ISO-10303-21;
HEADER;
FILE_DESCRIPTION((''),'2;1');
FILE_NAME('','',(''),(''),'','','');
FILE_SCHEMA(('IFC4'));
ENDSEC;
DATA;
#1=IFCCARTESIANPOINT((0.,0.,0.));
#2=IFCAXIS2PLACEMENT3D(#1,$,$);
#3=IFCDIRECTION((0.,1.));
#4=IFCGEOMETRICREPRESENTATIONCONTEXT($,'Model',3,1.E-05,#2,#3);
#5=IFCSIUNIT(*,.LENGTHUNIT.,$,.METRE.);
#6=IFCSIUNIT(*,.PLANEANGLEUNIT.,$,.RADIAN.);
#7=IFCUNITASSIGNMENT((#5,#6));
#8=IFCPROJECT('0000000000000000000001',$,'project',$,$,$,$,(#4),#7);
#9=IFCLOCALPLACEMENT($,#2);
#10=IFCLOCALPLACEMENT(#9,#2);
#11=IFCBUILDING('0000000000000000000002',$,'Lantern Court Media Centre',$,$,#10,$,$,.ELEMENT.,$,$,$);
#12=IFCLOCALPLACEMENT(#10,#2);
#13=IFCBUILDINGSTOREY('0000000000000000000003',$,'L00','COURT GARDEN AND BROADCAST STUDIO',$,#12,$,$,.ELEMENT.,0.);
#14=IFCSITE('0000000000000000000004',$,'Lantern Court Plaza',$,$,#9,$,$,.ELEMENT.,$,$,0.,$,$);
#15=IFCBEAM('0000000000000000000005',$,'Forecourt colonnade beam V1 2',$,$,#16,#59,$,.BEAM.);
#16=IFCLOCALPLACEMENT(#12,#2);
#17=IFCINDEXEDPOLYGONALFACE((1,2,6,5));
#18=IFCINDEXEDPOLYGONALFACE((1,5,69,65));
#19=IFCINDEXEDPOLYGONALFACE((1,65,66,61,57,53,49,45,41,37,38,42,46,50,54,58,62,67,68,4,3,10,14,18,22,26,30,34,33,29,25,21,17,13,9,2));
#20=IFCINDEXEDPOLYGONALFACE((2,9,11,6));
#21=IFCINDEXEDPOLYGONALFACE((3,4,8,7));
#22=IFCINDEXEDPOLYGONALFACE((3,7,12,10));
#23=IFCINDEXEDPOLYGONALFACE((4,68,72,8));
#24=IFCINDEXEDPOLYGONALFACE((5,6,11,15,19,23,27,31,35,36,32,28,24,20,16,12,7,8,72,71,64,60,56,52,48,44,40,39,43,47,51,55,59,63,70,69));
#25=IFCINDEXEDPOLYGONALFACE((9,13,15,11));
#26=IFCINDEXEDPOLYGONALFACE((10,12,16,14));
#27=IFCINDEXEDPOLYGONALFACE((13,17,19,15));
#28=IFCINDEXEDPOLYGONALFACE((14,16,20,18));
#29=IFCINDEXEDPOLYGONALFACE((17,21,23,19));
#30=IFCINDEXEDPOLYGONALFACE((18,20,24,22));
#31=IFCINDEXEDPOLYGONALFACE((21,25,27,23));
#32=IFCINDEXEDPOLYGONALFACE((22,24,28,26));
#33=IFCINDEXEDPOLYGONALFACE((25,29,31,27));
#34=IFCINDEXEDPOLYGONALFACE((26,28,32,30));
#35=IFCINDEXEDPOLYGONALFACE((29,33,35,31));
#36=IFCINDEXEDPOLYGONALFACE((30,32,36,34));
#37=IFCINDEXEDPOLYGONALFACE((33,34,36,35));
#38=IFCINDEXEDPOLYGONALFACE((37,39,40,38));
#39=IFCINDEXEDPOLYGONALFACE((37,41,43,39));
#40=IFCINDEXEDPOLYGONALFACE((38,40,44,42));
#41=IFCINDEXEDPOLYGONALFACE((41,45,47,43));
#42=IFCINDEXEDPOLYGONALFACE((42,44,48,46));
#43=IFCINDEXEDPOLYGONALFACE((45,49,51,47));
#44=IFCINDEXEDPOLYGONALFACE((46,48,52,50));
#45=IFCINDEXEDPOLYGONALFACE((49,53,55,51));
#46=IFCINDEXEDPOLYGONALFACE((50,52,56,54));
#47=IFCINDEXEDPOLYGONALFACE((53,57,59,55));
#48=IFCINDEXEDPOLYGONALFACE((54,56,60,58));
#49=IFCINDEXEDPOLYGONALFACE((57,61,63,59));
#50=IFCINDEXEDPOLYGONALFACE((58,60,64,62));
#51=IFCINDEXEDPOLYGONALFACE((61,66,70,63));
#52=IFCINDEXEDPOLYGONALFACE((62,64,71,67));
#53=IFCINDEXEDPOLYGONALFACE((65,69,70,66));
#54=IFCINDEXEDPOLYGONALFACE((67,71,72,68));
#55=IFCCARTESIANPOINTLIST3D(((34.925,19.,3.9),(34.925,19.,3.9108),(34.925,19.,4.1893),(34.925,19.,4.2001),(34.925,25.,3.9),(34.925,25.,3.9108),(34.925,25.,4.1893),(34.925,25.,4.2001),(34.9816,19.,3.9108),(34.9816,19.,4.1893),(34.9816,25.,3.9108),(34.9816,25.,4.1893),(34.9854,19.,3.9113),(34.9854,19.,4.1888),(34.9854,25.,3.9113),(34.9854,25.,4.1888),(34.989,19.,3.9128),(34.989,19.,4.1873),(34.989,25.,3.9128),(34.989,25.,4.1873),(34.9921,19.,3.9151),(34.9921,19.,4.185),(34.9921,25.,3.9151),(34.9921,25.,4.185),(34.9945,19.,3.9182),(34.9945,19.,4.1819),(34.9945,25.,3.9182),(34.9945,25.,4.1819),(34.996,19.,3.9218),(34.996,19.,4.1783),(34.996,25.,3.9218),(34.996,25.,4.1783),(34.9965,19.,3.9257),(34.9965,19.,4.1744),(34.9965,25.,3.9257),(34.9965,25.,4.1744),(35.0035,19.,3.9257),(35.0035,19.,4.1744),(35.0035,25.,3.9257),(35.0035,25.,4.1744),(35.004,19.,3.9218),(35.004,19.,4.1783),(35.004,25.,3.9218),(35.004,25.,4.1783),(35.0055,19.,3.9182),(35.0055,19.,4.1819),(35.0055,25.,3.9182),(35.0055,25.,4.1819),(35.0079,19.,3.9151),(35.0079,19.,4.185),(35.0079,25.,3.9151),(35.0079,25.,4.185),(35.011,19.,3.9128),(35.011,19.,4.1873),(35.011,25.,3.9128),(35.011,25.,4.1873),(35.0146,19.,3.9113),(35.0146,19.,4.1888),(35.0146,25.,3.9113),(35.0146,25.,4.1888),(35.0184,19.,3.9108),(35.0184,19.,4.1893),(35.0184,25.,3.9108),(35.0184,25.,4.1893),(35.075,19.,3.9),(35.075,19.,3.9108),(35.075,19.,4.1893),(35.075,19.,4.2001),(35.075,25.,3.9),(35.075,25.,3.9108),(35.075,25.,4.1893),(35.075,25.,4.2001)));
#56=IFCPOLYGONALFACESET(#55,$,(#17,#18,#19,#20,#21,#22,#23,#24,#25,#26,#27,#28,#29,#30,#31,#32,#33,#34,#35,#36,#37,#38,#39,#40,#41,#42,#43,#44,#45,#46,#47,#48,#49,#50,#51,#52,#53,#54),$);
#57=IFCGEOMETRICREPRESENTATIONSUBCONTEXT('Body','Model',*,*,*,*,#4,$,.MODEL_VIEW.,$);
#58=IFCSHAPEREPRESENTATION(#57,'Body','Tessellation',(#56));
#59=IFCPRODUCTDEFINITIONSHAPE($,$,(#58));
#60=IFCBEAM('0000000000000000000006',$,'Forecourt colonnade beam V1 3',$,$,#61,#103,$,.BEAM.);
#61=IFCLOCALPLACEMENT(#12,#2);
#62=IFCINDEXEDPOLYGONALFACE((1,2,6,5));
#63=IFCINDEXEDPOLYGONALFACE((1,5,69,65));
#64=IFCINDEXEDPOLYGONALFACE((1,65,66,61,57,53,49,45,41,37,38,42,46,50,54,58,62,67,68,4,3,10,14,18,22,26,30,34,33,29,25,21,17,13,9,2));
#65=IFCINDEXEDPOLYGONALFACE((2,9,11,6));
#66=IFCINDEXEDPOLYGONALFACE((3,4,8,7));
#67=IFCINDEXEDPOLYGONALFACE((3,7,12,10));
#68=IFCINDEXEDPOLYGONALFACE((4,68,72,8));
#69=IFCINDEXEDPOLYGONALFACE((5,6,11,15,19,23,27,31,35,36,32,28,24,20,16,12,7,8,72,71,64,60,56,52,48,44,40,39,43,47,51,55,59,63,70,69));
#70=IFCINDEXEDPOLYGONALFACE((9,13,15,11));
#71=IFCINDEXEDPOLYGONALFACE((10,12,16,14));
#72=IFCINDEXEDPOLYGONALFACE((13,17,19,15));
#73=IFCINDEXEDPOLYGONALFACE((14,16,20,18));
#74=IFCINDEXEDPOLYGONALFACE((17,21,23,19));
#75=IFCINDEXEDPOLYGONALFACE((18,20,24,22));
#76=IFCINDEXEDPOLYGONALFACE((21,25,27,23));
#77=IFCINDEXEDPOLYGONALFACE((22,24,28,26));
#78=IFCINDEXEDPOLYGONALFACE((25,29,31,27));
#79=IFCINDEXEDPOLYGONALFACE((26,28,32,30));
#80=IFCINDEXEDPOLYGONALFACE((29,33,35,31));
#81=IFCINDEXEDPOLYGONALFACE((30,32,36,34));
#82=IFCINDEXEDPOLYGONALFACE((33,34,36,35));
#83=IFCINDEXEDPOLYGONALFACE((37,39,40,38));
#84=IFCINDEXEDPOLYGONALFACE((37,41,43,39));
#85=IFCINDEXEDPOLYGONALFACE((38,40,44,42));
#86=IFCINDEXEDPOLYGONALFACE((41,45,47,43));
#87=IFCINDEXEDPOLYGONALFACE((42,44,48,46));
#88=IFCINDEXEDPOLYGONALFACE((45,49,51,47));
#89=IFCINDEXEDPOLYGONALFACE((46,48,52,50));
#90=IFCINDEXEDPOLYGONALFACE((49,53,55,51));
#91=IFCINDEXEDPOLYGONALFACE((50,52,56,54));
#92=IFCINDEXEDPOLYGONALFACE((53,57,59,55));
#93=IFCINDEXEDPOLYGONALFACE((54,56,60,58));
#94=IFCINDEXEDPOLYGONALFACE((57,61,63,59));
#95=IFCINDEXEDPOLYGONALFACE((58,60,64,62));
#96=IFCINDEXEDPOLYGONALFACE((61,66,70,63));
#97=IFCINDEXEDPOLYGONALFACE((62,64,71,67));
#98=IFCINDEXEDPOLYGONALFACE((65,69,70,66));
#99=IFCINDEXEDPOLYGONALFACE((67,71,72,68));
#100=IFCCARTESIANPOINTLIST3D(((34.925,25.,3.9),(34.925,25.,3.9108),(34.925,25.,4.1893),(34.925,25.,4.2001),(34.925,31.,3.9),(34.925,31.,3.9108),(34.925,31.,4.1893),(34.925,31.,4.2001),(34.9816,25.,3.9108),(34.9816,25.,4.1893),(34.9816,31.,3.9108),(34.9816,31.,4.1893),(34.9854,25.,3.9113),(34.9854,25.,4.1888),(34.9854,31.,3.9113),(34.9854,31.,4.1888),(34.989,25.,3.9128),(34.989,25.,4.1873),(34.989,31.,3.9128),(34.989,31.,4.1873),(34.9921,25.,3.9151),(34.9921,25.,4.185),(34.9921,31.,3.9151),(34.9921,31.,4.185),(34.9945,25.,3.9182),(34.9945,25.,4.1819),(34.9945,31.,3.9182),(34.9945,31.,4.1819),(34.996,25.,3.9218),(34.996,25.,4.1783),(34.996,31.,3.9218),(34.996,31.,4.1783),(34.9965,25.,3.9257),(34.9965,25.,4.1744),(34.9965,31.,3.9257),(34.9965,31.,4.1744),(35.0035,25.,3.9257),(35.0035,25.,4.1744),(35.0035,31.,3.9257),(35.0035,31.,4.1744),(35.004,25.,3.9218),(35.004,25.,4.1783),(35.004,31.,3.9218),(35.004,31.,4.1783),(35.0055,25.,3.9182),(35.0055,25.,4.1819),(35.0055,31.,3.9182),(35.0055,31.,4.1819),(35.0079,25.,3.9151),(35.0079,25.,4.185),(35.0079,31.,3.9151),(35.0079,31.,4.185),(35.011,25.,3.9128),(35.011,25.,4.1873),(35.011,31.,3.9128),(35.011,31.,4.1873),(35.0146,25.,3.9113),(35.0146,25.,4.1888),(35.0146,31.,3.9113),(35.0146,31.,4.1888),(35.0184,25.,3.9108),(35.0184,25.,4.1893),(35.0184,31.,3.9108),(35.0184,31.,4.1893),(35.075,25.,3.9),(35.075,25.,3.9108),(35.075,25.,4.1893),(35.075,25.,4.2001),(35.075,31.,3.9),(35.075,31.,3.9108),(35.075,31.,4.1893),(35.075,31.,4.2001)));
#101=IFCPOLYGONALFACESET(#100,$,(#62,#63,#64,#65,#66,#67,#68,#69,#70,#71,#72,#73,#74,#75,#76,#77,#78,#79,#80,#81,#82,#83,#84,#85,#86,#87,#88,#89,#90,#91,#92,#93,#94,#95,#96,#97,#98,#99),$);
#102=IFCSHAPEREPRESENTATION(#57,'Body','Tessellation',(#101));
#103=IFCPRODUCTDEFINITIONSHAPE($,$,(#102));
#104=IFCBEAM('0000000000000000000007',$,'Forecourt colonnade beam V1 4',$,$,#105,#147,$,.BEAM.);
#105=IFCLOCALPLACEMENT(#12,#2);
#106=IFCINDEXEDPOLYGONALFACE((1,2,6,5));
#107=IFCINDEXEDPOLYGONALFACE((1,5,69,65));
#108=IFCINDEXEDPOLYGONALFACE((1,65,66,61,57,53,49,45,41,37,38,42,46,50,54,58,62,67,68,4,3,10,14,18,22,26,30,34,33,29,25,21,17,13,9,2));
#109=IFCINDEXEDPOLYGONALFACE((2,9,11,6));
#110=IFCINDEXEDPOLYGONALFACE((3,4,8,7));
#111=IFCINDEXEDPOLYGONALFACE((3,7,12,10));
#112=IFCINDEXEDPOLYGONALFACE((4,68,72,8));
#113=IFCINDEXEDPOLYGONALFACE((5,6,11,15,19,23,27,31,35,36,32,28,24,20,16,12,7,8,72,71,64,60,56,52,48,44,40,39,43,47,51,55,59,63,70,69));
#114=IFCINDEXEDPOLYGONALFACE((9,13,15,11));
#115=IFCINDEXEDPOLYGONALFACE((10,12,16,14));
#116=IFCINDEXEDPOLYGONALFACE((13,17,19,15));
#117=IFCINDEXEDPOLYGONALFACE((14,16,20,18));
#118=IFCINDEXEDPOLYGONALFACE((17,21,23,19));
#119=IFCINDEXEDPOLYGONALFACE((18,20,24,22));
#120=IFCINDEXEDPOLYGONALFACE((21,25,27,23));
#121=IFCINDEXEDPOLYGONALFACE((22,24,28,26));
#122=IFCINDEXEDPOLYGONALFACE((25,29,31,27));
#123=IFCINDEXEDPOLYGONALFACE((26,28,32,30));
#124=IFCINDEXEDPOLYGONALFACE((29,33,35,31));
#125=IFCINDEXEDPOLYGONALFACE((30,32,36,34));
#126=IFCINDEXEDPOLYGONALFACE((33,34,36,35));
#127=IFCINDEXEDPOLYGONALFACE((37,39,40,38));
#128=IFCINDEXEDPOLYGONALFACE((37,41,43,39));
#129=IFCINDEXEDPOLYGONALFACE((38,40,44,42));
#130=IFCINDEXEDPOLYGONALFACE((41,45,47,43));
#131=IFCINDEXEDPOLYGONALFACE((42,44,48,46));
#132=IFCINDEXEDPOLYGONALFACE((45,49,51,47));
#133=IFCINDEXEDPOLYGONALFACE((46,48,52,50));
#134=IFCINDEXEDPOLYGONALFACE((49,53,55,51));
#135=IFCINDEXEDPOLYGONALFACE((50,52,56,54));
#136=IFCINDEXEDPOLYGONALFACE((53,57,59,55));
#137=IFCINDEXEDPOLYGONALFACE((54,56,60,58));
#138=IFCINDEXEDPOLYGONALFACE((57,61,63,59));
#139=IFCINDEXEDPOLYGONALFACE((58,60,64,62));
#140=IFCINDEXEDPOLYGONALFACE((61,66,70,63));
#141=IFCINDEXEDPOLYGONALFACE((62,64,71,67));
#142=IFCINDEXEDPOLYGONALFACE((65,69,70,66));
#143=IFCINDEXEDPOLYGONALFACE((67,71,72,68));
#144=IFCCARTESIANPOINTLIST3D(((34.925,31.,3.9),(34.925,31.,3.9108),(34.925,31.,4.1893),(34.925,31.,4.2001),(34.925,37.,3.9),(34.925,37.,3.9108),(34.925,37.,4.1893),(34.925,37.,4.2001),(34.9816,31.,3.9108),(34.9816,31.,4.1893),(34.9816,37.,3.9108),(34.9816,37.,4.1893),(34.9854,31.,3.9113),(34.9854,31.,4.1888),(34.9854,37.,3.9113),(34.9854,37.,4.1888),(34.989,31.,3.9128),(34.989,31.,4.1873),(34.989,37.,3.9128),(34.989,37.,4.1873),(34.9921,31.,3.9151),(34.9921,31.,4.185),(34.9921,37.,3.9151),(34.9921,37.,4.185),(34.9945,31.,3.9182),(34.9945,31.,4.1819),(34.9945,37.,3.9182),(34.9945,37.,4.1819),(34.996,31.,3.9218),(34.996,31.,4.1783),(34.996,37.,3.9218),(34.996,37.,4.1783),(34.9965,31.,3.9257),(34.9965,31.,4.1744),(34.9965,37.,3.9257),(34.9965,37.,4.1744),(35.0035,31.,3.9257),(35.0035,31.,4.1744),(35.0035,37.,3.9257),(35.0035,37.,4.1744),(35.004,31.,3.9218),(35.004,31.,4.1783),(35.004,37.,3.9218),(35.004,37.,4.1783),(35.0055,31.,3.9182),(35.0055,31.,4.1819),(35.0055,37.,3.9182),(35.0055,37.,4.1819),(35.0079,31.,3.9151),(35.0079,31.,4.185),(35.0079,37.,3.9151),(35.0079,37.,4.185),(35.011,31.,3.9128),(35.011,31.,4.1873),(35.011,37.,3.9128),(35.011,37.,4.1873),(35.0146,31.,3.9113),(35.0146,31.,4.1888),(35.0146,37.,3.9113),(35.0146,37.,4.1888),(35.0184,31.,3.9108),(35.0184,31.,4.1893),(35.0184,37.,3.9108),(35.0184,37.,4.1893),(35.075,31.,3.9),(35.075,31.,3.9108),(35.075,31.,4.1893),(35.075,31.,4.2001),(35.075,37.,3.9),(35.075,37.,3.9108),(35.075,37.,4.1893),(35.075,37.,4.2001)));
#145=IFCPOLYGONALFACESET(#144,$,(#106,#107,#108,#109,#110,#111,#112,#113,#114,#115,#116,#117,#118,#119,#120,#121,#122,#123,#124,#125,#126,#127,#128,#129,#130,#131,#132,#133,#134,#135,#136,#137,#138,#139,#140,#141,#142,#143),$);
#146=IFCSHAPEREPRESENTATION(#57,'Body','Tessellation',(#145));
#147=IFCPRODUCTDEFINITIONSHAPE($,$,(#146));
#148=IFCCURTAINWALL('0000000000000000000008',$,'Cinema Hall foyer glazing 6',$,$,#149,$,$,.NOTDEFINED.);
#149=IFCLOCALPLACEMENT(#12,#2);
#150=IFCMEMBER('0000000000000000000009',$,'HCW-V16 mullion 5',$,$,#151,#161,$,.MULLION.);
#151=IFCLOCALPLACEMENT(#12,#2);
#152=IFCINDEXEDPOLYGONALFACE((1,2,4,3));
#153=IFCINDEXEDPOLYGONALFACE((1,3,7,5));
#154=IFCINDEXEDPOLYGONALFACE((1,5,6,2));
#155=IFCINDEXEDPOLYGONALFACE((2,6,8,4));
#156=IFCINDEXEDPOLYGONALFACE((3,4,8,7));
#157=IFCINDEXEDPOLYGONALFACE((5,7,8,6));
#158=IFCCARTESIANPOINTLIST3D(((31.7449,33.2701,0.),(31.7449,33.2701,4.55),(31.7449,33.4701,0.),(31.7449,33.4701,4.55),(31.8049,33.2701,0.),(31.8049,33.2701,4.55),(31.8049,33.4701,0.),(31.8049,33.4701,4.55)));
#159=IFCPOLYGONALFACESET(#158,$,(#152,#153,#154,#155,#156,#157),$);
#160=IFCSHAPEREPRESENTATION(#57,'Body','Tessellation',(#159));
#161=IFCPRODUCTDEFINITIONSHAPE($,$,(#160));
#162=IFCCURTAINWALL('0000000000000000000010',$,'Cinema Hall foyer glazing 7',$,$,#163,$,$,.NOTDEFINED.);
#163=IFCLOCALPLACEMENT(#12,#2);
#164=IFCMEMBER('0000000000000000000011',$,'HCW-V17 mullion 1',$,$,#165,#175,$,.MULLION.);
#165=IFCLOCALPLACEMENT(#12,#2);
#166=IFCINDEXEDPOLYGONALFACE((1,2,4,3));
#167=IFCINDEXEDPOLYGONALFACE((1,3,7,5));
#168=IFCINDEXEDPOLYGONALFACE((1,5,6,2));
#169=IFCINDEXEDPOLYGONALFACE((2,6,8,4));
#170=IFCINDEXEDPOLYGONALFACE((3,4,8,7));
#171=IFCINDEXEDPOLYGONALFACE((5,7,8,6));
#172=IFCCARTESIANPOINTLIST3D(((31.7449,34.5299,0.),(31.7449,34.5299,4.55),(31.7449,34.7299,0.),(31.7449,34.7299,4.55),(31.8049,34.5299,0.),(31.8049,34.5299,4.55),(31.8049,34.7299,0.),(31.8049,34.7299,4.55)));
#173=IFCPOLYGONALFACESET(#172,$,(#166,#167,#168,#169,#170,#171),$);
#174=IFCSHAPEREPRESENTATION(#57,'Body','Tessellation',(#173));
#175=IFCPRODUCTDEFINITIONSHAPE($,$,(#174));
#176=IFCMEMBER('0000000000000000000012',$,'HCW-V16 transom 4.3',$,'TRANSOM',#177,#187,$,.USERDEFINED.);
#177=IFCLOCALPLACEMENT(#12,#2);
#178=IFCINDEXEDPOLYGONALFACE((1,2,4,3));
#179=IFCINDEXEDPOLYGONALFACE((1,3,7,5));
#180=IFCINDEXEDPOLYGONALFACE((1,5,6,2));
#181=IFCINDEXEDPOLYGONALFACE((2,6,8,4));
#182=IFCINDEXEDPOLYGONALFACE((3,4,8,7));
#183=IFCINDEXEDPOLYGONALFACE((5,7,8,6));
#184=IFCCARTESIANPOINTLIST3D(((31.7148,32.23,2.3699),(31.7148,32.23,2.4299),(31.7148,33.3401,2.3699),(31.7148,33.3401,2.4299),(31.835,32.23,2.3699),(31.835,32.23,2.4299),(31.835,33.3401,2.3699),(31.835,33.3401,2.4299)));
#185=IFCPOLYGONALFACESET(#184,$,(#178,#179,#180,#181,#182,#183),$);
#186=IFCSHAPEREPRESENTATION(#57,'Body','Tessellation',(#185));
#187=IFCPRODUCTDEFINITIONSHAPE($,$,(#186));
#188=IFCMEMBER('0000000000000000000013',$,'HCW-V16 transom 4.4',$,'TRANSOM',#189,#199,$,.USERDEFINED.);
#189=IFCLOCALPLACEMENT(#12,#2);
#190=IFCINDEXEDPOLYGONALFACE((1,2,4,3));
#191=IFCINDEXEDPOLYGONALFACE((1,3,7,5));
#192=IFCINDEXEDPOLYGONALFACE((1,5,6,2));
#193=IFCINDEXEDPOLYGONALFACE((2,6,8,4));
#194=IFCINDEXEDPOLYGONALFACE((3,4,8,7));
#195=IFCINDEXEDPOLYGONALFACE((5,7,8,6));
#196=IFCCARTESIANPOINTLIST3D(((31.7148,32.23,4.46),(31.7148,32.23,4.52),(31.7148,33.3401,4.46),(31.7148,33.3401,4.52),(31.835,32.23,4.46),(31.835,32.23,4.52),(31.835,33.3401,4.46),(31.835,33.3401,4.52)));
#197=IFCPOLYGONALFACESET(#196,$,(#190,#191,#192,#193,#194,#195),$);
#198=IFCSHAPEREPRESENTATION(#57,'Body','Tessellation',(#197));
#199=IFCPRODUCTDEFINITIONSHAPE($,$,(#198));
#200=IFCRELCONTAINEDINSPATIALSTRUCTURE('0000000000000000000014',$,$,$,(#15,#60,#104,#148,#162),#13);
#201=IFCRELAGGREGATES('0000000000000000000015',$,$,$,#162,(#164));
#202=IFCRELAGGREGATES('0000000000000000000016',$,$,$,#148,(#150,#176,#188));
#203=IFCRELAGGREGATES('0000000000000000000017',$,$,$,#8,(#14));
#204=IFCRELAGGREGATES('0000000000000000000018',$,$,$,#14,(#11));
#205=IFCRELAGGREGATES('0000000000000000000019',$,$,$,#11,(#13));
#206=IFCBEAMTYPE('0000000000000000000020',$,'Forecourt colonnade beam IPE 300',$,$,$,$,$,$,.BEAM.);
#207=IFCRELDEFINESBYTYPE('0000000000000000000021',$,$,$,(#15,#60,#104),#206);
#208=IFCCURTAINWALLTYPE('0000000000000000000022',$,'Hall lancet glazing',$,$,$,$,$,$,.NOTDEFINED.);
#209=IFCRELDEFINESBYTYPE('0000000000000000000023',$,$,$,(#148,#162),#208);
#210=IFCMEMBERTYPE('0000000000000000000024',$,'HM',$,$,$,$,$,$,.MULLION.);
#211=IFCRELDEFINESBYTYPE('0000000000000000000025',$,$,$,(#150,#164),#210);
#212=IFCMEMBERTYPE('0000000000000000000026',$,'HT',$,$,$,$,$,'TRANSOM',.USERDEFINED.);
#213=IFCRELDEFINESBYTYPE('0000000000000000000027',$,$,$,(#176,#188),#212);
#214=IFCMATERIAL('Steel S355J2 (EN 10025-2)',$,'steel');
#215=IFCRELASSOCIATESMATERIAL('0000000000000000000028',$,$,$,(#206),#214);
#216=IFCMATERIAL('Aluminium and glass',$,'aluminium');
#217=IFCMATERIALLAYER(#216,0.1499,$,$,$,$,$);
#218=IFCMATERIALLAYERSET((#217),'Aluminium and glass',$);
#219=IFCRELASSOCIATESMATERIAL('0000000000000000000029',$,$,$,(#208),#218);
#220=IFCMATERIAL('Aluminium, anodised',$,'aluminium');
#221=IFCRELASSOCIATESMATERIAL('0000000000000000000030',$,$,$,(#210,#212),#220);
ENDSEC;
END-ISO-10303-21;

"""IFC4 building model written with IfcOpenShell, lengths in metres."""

from ifc_helpers import new_model, si_unit, direction, frame, origin, origin_2d, place, context, subcontext, project, spatial, rectangle, i_section, extrude, material, layer, layer_set, material_profile, profile_set, type_object, element, aggregate, save


model = new_model("IFC4")

# Units and contexts
model_context = context("Model", 3, precision=1e-05, world=origin(), true_north=direction((0.0, 1.0)))
body_context = subcontext(model_context, "Body", "Model", "MODEL_VIEW")
ifc_project = project(units=[si_unit("LENGTHUNIT", "METRE"), si_unit("PLANEANGLEUNIT", "RADIAN")], contexts=[model_context])

# Site, building, storey
site_placement = place(None, origin())
site = spatial("IfcSite", under=ifc_project, at=site_placement, Name="Lantern Court Plaza", CompositionType="ELEMENT", RefElevation=0.0)
building_placement = place(site_placement, origin())
building = spatial("IfcBuilding", under=site, at=building_placement, Name="Lantern Court Media Centre", CompositionType="ELEMENT")
storey_placement = place(building_placement, origin())
storey = spatial("IfcBuildingStorey", under=building, at=storey_placement, Name="L00", Description="COURT GARDEN AND BROADCAST STUDIO", CompositionType="ELEMENT", Elevation=0.0)

# Shared definitions
ifc_material_1 = material(Name="Steel S355J2 (EN 10025-2)", Category="steel")

# Beams
ifc_material_profile_1 = material_profile(ifc_material_1, i_section(OverallWidth=0.1499, OverallDepth=0.3, WebThickness=0.0071, FlangeThickness=0.0107, FilletRadius=0.0149, at=origin_2d()), Name="IPE 300")
ifc_profile_set_1 = profile_set([ifc_material_profile_1], Name="Steel S355J2 (EN 10025-2)")
beam_type_1 = type_object("IfcBeamType", Name="Forecourt colonnade beam IPE 300", PredefinedType="BEAM", material=ifc_profile_set_1)
for number, where, z_axis, x_axis, name in (
    (1, (35.0, 19.0, 4.05), (0.0, 1.0, 0.0), (-1.0, 0.0, 0.0), "Forecourt colonnade beam V1 2"),
    (2, (35.0, 25.0, 4.05), (0.0, 1.0, 0.0), (-1.0, 0.0, 0.0), "Forecourt colonnade beam V1 3"),
    (3, (35.0, 31.0, 4.05), (0.0, 1.0, 0.0), (-1.0, 0.0, 0.0), "Forecourt colonnade beam V1 4"),
):
    element("IfcBeam", number, at=place(storey_placement, frame(where, z_axis=z_axis, x_axis=x_axis)), inside=storey, type_object=beam_type_1, Name=name, PredefinedType="BEAM", context=body_context, shape_type="SweptSolid", body=[
        extrude(i_section(OverallWidth=0.1499, OverallDepth=0.3, WebThickness=0.0071, FlangeThickness=0.0107, FilletRadius=0.0149, at=origin_2d()), origin(), (0.0, 0.0, 1.0), 6.0),
    ])

# Curtain walls, members
ifc_material_2 = material(Name="Aluminium and glass", Category="aluminium")
ifc_layer_1 = layer(ifc_material_2, 0.1499)
ifc_layer_set_1 = layer_set([ifc_layer_1], Name="Aluminium and glass")
curtain_wall_type = type_object("IfcCurtainWallType", Name="Hall lancet glazing", PredefinedType="NOTDEFINED", material=ifc_layer_set_1)
curtain_wall_1_placement = place(storey_placement, origin())
curtain_wall_1 = element("IfcCurtainWall", 4, at=curtain_wall_1_placement, inside=storey, type_object=curtain_wall_type, Name="Cinema Hall foyer glazing 6", PredefinedType="NOTDEFINED")
ifc_material_3 = material(Name="Aluminium, anodised", Category="aluminium")
ifc_material_profile_2 = material_profile(ifc_material_3, rectangle(XDim=0.0601, YDim=0.2, at=origin_2d()), Name="HM")
ifc_profile_set_2 = profile_set([ifc_material_profile_2], Name="Aluminium, anodised")
member_type_1 = type_object("IfcMemberType", Name="HM", PredefinedType="MULLION", material=ifc_profile_set_2)
member_1_placement = place(storey_placement, frame((31.7749, 33.3701, 0.0), z_axis=(0.0, 0.0, 1.0), x_axis=(-1.0, 0.0, 0.0)))
member_1 = element("IfcMember", 5, at=member_1_placement, type_object=member_type_1, Name="HCW-V16 mullion 5", PredefinedType="MULLION", context=body_context, shape_type="SweptSolid", body=[
    extrude(rectangle(XDim=0.0601, YDim=0.2, at=origin_2d()), origin(), (0.0, 0.0, 1.0), 4.55),
])
curtain_wall_2_placement = place(storey_placement, origin())
curtain_wall_2 = element("IfcCurtainWall", 6, at=curtain_wall_2_placement, inside=storey, type_object=curtain_wall_type, Name="Cinema Hall foyer glazing 7", PredefinedType="NOTDEFINED")
member_2_placement = place(storey_placement, frame((31.7749, 34.6299, 0.0), z_axis=(0.0, 0.0, 1.0), x_axis=(-1.0, 0.0, 0.0)))
member_2 = element("IfcMember", 7, at=member_2_placement, type_object=member_type_1, Name="HCW-V17 mullion 1", PredefinedType="MULLION", context=body_context, shape_type="SweptSolid", body=[
    extrude(rectangle(XDim=0.0601, YDim=0.2, at=origin_2d()), origin(), (0.0, 0.0, 1.0), 4.55),
])

# Members
ifc_material_profile_3 = material_profile(ifc_material_3, rectangle(XDim=0.1201, YDim=0.0601, at=origin_2d()), Name="HT")
ifc_profile_set_3 = profile_set([ifc_material_profile_3], Name="Aluminium, anodised")
member_type_2 = type_object("IfcMemberType", Name="HT", ElementType="TRANSOM", PredefinedType="USERDEFINED", material=ifc_profile_set_3)
member_3_placement = place(storey_placement, frame((31.7749, 32.23, 2.3999), z_axis=(0.0, 1.0, 0.0), x_axis=(-1.0, 0.0, 0.0)))
member_3 = element("IfcMember", 8, at=member_3_placement, type_object=member_type_2, Name="HCW-V16 transom 4.3", ObjectType="TRANSOM", PredefinedType="USERDEFINED", context=body_context, shape_type="SweptSolid", body=[
    extrude(rectangle(XDim=0.1201, YDim=0.0601, at=origin_2d()), origin(), (0.0, 0.0, 1.0), 1.1101),
])
member_4_placement = place(storey_placement, frame((31.7749, 32.23, 4.49), z_axis=(0.0, 1.0, 0.0), x_axis=(-1.0, 0.0, 0.0)))
member_4 = element("IfcMember", 9, at=member_4_placement, type_object=member_type_2, Name="HCW-V16 transom 4.4", ObjectType="TRANSOM", PredefinedType="USERDEFINED", context=body_context, shape_type="SweptSolid", body=[
    extrude(rectangle(XDim=0.1201, YDim=0.0601, at=origin_2d()), origin(), (0.0, 0.0, 1.0), 1.1101),
])
aggregate(curtain_wall_2, [member_2])

aggregate(curtain_wall_1, [member_1, member_3, member_4])

save(model, "model.ifc")
